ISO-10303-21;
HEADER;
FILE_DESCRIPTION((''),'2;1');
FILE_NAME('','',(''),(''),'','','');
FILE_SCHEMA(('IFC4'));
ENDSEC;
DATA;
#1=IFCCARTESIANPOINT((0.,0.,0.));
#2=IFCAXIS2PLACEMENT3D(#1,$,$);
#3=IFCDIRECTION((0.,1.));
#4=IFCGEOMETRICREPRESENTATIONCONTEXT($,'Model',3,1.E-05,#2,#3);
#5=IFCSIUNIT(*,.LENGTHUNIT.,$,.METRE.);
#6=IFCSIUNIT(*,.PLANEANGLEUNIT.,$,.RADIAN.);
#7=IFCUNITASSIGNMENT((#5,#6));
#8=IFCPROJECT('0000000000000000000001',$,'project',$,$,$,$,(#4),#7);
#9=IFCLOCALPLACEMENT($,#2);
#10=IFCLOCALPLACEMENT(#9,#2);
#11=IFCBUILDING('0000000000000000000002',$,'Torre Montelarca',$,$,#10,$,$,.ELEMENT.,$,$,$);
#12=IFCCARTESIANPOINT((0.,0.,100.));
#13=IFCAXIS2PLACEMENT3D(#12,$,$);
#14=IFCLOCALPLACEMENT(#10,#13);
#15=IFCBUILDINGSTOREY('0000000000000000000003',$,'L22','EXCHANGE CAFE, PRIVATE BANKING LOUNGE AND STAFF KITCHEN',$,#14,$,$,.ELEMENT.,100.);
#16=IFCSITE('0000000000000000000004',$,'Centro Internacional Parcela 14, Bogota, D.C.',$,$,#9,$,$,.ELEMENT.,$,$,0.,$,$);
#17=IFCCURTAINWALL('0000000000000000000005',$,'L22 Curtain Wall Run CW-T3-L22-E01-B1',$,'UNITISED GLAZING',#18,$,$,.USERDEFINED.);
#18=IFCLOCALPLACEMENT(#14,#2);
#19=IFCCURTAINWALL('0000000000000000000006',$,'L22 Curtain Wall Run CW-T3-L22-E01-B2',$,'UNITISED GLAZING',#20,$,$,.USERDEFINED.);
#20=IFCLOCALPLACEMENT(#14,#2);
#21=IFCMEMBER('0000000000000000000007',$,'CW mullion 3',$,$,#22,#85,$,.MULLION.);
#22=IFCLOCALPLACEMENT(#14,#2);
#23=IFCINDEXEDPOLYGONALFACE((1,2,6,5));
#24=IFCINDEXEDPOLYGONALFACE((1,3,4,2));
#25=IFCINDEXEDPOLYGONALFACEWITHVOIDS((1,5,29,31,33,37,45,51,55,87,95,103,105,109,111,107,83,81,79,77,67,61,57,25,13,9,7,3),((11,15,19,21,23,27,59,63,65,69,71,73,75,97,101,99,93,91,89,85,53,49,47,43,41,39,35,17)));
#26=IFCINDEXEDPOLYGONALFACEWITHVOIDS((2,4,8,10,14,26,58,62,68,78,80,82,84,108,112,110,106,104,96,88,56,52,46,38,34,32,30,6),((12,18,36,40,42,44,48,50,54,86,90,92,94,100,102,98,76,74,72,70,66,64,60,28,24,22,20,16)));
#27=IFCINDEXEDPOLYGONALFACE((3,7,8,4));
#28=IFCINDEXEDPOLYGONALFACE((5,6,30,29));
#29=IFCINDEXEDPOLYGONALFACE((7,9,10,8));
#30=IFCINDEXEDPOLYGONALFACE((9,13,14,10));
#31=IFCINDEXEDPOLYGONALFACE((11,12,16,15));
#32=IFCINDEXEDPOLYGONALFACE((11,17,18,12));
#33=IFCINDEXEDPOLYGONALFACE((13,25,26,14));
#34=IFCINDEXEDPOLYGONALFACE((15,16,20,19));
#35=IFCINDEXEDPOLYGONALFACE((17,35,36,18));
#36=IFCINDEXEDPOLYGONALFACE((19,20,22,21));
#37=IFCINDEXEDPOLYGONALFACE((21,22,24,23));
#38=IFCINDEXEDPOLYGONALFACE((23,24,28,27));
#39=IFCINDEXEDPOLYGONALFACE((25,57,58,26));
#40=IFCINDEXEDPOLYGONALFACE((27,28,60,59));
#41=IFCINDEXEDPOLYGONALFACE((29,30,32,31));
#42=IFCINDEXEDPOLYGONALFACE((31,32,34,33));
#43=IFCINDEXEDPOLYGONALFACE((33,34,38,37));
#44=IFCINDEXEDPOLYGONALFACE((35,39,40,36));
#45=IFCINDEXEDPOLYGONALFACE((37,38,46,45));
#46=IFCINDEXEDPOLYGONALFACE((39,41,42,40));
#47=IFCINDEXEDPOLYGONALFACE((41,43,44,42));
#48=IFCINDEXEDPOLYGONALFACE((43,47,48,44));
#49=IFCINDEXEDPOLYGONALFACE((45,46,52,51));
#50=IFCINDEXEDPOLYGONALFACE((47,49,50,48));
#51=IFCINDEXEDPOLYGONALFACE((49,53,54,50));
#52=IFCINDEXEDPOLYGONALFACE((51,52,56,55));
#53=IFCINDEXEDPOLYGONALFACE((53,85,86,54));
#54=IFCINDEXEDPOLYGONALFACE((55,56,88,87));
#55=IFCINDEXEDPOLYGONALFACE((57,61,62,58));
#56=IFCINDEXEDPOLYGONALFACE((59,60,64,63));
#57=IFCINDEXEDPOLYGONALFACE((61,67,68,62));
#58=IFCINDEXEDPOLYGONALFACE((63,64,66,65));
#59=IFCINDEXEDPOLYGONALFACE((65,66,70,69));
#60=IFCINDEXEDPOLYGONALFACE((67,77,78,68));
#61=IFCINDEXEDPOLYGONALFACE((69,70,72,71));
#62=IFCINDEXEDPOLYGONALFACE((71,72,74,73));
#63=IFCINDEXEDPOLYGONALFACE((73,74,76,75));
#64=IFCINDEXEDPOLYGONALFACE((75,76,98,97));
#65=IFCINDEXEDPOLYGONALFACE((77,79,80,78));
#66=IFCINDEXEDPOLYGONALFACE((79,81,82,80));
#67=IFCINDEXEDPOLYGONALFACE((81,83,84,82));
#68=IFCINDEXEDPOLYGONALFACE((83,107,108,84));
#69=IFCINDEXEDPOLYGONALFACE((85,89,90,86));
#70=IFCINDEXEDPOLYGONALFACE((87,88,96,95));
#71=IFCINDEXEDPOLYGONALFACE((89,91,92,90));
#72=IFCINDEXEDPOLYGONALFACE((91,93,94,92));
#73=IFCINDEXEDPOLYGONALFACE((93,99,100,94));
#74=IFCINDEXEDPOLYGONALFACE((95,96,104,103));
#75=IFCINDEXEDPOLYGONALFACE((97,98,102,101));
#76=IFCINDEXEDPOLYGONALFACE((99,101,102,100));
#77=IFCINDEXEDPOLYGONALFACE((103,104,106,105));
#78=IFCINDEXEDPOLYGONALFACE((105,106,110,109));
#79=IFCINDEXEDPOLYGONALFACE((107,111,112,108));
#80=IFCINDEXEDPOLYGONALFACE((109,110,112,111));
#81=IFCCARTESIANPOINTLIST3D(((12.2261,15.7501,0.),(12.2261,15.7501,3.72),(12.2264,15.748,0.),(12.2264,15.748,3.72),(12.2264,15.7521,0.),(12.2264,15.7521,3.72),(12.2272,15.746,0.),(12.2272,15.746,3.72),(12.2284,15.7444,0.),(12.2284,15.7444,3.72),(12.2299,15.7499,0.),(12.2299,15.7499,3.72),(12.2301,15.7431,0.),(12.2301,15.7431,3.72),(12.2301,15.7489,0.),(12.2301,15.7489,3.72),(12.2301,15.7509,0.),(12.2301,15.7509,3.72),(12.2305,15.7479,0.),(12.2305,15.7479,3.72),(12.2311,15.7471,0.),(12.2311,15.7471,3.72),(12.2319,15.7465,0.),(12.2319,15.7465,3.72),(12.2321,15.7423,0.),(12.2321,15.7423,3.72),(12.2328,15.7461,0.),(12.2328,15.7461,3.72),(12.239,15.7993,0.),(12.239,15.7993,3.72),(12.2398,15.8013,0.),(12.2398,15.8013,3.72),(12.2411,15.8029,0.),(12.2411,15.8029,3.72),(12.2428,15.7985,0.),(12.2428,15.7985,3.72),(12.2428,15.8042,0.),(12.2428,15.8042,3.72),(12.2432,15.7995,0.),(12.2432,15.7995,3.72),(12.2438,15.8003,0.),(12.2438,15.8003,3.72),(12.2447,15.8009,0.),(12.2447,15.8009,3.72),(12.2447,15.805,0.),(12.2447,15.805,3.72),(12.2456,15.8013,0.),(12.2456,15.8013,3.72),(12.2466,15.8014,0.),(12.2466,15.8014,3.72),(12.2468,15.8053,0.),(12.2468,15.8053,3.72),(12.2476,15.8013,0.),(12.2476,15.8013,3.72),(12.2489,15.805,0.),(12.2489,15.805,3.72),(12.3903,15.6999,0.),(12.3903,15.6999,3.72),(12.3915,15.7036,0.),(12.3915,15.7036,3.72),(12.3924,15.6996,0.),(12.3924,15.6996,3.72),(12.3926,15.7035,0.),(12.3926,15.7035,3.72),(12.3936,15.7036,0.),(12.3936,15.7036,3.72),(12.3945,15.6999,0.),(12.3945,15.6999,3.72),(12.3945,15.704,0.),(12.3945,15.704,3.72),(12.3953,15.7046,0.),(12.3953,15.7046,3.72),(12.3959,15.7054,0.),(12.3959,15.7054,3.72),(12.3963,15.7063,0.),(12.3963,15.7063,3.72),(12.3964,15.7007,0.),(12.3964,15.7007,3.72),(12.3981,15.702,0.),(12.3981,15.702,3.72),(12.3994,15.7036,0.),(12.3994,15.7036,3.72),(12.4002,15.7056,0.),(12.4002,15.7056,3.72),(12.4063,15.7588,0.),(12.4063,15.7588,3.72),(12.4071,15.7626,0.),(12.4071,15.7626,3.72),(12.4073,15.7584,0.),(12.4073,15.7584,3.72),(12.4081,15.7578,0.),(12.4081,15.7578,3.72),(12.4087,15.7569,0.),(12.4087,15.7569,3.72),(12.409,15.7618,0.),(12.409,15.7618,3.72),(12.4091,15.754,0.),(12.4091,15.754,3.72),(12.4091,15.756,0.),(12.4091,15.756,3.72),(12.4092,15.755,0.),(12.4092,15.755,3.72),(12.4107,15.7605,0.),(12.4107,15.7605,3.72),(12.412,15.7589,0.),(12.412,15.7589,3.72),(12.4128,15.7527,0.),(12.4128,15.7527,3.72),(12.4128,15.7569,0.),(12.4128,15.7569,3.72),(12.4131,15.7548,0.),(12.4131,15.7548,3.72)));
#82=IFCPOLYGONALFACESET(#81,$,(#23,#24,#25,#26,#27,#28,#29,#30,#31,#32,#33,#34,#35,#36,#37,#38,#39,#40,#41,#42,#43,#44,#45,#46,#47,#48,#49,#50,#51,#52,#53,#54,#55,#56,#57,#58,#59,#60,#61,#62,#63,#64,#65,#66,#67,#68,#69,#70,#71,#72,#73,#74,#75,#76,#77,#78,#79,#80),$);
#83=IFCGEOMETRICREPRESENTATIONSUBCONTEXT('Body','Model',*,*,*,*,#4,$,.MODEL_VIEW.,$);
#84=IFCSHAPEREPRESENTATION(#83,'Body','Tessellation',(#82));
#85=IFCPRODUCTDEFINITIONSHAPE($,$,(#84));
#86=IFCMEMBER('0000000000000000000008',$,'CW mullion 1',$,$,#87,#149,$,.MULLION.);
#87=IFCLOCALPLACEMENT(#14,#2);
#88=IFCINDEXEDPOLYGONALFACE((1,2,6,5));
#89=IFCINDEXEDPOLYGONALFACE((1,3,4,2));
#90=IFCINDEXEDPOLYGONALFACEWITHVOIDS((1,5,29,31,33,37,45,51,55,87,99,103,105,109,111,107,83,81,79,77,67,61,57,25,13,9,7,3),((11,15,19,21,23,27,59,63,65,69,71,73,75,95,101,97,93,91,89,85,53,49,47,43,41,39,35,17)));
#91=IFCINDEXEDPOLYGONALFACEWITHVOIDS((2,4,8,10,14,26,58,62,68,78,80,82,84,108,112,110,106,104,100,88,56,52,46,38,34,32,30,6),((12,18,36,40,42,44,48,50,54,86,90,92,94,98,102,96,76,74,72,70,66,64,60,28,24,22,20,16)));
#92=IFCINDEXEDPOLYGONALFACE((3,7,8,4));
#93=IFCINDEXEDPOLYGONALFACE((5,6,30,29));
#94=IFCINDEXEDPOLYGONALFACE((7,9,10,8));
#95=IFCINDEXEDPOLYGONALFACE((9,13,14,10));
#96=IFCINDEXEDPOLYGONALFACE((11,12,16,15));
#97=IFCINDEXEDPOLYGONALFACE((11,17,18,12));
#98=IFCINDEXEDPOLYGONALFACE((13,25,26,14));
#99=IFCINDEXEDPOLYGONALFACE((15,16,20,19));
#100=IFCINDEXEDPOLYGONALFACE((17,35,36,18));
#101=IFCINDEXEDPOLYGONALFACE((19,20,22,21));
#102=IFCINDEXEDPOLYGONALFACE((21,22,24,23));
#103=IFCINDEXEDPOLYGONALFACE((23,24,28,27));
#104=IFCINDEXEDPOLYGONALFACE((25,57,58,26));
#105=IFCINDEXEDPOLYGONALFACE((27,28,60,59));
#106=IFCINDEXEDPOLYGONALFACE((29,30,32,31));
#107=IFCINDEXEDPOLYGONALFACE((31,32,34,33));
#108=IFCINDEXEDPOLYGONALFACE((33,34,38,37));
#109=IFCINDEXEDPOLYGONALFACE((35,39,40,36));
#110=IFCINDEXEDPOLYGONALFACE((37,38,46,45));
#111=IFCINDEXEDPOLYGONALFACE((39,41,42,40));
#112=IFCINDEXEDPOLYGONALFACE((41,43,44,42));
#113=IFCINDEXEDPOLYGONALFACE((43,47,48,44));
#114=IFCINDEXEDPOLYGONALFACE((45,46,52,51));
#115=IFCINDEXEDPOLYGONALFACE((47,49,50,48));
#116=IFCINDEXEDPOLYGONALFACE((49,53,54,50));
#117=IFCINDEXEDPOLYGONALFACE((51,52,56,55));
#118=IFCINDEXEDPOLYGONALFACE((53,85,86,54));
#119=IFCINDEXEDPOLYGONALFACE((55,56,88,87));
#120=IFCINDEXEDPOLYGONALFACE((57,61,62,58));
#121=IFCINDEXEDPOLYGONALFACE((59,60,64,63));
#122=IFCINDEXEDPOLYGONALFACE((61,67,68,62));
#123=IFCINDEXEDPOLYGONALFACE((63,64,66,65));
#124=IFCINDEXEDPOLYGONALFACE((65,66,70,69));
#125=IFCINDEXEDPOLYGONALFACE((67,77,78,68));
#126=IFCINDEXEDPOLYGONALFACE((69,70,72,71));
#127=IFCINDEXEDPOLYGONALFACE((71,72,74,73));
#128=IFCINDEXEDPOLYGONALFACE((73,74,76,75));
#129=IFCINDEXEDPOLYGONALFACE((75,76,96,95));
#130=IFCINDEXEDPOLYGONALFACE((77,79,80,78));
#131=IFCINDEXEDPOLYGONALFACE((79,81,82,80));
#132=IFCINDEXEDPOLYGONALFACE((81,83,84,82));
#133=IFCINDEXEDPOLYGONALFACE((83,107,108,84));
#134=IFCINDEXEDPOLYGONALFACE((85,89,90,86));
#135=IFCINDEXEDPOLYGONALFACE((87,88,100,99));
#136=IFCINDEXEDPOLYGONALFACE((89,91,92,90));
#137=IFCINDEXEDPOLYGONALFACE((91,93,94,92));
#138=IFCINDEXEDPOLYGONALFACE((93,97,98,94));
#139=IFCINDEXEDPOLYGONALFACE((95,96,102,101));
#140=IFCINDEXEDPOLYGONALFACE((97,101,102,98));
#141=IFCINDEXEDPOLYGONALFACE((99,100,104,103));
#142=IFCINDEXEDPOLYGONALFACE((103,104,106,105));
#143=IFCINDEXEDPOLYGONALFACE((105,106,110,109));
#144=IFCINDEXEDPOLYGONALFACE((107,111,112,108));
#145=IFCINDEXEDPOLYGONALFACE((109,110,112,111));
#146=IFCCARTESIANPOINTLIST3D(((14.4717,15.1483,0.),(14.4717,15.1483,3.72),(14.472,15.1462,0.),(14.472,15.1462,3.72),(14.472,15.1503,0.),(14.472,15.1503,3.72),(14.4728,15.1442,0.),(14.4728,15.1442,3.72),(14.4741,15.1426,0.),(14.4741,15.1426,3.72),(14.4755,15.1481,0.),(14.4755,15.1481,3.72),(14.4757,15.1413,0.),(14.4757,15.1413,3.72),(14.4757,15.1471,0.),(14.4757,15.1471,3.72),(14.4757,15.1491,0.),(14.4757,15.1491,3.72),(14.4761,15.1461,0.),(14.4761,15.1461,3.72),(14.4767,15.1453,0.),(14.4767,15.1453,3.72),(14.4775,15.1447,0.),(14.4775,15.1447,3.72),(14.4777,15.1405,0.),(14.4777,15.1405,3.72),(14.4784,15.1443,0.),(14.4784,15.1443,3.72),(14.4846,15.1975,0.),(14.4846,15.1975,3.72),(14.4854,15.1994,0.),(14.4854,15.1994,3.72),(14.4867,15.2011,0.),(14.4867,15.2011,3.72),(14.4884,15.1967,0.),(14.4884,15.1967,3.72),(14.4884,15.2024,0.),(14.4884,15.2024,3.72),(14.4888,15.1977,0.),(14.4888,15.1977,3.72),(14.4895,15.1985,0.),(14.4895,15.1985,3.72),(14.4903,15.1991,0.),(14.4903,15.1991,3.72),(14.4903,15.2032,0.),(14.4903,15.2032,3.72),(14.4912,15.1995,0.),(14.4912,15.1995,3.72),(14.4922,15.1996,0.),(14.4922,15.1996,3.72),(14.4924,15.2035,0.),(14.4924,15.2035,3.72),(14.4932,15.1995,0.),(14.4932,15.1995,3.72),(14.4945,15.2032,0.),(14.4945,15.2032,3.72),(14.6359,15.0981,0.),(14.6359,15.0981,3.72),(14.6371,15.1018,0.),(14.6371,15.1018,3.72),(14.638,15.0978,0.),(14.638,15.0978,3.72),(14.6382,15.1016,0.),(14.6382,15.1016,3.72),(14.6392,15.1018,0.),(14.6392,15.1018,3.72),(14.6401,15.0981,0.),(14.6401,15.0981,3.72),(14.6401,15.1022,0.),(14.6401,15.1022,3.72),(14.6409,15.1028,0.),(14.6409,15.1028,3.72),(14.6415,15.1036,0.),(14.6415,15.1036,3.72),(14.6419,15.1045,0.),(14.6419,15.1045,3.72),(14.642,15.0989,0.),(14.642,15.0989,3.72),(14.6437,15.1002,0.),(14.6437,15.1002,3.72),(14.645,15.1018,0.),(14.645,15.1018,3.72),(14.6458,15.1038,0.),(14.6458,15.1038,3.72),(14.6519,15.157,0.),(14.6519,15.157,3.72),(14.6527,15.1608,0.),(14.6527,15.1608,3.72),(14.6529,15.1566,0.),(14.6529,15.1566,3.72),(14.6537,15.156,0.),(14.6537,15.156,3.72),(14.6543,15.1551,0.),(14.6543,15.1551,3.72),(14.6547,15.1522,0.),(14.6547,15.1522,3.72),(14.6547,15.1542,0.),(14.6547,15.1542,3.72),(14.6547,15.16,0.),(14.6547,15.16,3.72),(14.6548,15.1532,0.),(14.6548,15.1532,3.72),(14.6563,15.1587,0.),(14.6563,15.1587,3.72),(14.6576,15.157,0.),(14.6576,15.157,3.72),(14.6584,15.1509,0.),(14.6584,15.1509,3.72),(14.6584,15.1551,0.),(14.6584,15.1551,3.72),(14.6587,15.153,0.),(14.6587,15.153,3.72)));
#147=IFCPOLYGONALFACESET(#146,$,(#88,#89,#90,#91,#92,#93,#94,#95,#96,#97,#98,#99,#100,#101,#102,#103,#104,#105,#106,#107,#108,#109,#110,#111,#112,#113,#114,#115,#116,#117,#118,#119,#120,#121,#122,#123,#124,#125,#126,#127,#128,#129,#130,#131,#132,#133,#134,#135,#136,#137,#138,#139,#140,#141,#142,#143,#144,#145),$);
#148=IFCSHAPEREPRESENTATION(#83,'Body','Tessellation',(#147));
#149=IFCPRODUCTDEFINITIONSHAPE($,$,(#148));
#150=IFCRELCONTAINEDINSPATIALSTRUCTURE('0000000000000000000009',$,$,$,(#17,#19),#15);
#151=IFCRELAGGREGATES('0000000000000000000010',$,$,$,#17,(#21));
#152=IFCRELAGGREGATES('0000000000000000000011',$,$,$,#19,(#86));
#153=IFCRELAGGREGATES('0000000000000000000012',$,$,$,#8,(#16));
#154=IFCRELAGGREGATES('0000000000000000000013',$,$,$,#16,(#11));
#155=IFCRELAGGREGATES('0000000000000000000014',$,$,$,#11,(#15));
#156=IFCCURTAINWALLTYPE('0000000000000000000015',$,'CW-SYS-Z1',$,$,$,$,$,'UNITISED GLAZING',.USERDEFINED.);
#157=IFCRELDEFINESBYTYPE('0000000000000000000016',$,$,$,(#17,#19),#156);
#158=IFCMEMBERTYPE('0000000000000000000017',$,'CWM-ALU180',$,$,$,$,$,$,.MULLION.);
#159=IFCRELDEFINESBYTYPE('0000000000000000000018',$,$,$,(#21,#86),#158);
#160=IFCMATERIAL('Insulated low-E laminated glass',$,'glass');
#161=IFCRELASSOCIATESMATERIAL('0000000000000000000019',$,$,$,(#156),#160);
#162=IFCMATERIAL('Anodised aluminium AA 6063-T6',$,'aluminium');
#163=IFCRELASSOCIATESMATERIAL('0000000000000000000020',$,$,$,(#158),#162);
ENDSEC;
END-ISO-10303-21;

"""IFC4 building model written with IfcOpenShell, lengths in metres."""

from ifc_helpers import new_model, si_unit, direction, frame, origin, origin_2d, place, context, subcontext, project, spatial, hollow_rectangle, extrude, source, transform, mapped, material, material_profile, profile_set, type_object, element, aggregate, save


model = new_model("IFC4")

# Units and contexts
model_context = context("Model", 3, precision=1e-05, world=origin(), true_north=direction((0.0, 1.0)))
body_context = subcontext(model_context, "Body", "Model", "MODEL_VIEW")
ifc_project = project(units=[si_unit("LENGTHUNIT", "METRE"), si_unit("PLANEANGLEUNIT", "RADIAN")], contexts=[model_context])

# Site, building, storey
site_placement = place(None, origin())
site = spatial("IfcSite", under=ifc_project, at=site_placement, Name="Centro Internacional Parcela 14, Bogota, D.C.", CompositionType="ELEMENT", RefElevation=0.0)
building_placement = place(site_placement, origin())
building = spatial("IfcBuilding", under=site, at=building_placement, Name="Torre Montelarca", CompositionType="ELEMENT")
storey_placement = place(building_placement, frame((0.0, 0.0, 100.0)))
storey = spatial("IfcBuildingStorey", under=building, at=storey_placement, Name="L22", Description="EXCHANGE CAFE, PRIVATE BANKING LOUNGE AND STAFF KITCHEN", CompositionType="ELEMENT", Elevation=100.0)

# Curtain walls
ifc_material_1 = material(Name="Insulated low-E laminated glass", Category="glass")
curtain_wall_type = type_object("IfcCurtainWallType", Name="CW-SYS-Z1", ElementType="UNITISED GLAZING", PredefinedType="USERDEFINED", material=ifc_material_1)
curtain_wall_1_placement = place(storey_placement, origin())
curtain_wall_1 = element("IfcCurtainWall", 1, at=curtain_wall_1_placement, inside=storey, type_object=curtain_wall_type, Name="L22 Curtain Wall Run CW-T3-L22-E01-B1", ObjectType="UNITISED GLAZING", PredefinedType="USERDEFINED")
ifc_material_2 = material(Name="Anodised aluminium AA 6063-T6", Category="aluminium")
curtain_wall_2_placement = place(storey_placement, origin())
curtain_wall_2 = element("IfcCurtainWall", 2, at=curtain_wall_2_placement, inside=storey, type_object=curtain_wall_type, Name="L22 Curtain Wall Run CW-T3-L22-E01-B2", ObjectType="UNITISED GLAZING", PredefinedType="USERDEFINED")

# Members
ifc_material_profile_1 = material_profile(ifc_material_2, hollow_rectangle(XDim=0.0649, YDim=0.1799, WallThickness=0.0039, InnerFilletRadius=0.0039, OuterFilletRadius=0.0081, at=origin_2d()), Name="ALU65X180X4", Category="aluminium")
ifc_profile_set_1 = profile_set([ifc_material_profile_1], Name="Anodised aluminium AA 6063-T6")
member_type_1 = type_object("IfcMemberType", Name="CWM-ALU180", PredefinedType="MULLION", material=ifc_profile_set_1)
shared_shape_1 = source(origin(), body_context, "Body", "SweptSolid", [
    extrude(hollow_rectangle(XDim=0.0649, YDim=0.1799, WallThickness=0.0039, InnerFilletRadius=0.0039, OuterFilletRadius=0.0081, at=origin_2d()), origin(), (0.0, 0.0, 1.0), 3.72),
])
member_1_placement = place(storey_placement, frame((12.3196, 15.7524, 0.0), z_axis=(0.0, 0.0, 1.0), x_axis=(0.258825, 0.965924, 0.0)))
member_1 = element("IfcMember", 3, at=member_1_placement, type_object=member_type_1, Name="CW mullion 3", PredefinedType="MULLION", context=body_context, shape_type="MappedRepresentation", body=[
    mapped(shared_shape_1, transform((0.0, 0.0, 0.0), scale=1.0)),
])
member_2_placement = place(storey_placement, frame((14.5652, 15.1506, 0.0), z_axis=(0.0, 0.0, 1.0), x_axis=(0.258815, 0.965927, 0.0)))
member_2 = element("IfcMember", 4, at=member_2_placement, type_object=member_type_1, Name="CW mullion 1", PredefinedType="MULLION", context=body_context, shape_type="MappedRepresentation", body=[
    mapped(shared_shape_1, transform((0.0, 0.0, 0.0), scale=1.0)),
])

aggregate(curtain_wall_1, [member_1])
aggregate(curtain_wall_2, [member_2])

save(model, "model.ifc")
